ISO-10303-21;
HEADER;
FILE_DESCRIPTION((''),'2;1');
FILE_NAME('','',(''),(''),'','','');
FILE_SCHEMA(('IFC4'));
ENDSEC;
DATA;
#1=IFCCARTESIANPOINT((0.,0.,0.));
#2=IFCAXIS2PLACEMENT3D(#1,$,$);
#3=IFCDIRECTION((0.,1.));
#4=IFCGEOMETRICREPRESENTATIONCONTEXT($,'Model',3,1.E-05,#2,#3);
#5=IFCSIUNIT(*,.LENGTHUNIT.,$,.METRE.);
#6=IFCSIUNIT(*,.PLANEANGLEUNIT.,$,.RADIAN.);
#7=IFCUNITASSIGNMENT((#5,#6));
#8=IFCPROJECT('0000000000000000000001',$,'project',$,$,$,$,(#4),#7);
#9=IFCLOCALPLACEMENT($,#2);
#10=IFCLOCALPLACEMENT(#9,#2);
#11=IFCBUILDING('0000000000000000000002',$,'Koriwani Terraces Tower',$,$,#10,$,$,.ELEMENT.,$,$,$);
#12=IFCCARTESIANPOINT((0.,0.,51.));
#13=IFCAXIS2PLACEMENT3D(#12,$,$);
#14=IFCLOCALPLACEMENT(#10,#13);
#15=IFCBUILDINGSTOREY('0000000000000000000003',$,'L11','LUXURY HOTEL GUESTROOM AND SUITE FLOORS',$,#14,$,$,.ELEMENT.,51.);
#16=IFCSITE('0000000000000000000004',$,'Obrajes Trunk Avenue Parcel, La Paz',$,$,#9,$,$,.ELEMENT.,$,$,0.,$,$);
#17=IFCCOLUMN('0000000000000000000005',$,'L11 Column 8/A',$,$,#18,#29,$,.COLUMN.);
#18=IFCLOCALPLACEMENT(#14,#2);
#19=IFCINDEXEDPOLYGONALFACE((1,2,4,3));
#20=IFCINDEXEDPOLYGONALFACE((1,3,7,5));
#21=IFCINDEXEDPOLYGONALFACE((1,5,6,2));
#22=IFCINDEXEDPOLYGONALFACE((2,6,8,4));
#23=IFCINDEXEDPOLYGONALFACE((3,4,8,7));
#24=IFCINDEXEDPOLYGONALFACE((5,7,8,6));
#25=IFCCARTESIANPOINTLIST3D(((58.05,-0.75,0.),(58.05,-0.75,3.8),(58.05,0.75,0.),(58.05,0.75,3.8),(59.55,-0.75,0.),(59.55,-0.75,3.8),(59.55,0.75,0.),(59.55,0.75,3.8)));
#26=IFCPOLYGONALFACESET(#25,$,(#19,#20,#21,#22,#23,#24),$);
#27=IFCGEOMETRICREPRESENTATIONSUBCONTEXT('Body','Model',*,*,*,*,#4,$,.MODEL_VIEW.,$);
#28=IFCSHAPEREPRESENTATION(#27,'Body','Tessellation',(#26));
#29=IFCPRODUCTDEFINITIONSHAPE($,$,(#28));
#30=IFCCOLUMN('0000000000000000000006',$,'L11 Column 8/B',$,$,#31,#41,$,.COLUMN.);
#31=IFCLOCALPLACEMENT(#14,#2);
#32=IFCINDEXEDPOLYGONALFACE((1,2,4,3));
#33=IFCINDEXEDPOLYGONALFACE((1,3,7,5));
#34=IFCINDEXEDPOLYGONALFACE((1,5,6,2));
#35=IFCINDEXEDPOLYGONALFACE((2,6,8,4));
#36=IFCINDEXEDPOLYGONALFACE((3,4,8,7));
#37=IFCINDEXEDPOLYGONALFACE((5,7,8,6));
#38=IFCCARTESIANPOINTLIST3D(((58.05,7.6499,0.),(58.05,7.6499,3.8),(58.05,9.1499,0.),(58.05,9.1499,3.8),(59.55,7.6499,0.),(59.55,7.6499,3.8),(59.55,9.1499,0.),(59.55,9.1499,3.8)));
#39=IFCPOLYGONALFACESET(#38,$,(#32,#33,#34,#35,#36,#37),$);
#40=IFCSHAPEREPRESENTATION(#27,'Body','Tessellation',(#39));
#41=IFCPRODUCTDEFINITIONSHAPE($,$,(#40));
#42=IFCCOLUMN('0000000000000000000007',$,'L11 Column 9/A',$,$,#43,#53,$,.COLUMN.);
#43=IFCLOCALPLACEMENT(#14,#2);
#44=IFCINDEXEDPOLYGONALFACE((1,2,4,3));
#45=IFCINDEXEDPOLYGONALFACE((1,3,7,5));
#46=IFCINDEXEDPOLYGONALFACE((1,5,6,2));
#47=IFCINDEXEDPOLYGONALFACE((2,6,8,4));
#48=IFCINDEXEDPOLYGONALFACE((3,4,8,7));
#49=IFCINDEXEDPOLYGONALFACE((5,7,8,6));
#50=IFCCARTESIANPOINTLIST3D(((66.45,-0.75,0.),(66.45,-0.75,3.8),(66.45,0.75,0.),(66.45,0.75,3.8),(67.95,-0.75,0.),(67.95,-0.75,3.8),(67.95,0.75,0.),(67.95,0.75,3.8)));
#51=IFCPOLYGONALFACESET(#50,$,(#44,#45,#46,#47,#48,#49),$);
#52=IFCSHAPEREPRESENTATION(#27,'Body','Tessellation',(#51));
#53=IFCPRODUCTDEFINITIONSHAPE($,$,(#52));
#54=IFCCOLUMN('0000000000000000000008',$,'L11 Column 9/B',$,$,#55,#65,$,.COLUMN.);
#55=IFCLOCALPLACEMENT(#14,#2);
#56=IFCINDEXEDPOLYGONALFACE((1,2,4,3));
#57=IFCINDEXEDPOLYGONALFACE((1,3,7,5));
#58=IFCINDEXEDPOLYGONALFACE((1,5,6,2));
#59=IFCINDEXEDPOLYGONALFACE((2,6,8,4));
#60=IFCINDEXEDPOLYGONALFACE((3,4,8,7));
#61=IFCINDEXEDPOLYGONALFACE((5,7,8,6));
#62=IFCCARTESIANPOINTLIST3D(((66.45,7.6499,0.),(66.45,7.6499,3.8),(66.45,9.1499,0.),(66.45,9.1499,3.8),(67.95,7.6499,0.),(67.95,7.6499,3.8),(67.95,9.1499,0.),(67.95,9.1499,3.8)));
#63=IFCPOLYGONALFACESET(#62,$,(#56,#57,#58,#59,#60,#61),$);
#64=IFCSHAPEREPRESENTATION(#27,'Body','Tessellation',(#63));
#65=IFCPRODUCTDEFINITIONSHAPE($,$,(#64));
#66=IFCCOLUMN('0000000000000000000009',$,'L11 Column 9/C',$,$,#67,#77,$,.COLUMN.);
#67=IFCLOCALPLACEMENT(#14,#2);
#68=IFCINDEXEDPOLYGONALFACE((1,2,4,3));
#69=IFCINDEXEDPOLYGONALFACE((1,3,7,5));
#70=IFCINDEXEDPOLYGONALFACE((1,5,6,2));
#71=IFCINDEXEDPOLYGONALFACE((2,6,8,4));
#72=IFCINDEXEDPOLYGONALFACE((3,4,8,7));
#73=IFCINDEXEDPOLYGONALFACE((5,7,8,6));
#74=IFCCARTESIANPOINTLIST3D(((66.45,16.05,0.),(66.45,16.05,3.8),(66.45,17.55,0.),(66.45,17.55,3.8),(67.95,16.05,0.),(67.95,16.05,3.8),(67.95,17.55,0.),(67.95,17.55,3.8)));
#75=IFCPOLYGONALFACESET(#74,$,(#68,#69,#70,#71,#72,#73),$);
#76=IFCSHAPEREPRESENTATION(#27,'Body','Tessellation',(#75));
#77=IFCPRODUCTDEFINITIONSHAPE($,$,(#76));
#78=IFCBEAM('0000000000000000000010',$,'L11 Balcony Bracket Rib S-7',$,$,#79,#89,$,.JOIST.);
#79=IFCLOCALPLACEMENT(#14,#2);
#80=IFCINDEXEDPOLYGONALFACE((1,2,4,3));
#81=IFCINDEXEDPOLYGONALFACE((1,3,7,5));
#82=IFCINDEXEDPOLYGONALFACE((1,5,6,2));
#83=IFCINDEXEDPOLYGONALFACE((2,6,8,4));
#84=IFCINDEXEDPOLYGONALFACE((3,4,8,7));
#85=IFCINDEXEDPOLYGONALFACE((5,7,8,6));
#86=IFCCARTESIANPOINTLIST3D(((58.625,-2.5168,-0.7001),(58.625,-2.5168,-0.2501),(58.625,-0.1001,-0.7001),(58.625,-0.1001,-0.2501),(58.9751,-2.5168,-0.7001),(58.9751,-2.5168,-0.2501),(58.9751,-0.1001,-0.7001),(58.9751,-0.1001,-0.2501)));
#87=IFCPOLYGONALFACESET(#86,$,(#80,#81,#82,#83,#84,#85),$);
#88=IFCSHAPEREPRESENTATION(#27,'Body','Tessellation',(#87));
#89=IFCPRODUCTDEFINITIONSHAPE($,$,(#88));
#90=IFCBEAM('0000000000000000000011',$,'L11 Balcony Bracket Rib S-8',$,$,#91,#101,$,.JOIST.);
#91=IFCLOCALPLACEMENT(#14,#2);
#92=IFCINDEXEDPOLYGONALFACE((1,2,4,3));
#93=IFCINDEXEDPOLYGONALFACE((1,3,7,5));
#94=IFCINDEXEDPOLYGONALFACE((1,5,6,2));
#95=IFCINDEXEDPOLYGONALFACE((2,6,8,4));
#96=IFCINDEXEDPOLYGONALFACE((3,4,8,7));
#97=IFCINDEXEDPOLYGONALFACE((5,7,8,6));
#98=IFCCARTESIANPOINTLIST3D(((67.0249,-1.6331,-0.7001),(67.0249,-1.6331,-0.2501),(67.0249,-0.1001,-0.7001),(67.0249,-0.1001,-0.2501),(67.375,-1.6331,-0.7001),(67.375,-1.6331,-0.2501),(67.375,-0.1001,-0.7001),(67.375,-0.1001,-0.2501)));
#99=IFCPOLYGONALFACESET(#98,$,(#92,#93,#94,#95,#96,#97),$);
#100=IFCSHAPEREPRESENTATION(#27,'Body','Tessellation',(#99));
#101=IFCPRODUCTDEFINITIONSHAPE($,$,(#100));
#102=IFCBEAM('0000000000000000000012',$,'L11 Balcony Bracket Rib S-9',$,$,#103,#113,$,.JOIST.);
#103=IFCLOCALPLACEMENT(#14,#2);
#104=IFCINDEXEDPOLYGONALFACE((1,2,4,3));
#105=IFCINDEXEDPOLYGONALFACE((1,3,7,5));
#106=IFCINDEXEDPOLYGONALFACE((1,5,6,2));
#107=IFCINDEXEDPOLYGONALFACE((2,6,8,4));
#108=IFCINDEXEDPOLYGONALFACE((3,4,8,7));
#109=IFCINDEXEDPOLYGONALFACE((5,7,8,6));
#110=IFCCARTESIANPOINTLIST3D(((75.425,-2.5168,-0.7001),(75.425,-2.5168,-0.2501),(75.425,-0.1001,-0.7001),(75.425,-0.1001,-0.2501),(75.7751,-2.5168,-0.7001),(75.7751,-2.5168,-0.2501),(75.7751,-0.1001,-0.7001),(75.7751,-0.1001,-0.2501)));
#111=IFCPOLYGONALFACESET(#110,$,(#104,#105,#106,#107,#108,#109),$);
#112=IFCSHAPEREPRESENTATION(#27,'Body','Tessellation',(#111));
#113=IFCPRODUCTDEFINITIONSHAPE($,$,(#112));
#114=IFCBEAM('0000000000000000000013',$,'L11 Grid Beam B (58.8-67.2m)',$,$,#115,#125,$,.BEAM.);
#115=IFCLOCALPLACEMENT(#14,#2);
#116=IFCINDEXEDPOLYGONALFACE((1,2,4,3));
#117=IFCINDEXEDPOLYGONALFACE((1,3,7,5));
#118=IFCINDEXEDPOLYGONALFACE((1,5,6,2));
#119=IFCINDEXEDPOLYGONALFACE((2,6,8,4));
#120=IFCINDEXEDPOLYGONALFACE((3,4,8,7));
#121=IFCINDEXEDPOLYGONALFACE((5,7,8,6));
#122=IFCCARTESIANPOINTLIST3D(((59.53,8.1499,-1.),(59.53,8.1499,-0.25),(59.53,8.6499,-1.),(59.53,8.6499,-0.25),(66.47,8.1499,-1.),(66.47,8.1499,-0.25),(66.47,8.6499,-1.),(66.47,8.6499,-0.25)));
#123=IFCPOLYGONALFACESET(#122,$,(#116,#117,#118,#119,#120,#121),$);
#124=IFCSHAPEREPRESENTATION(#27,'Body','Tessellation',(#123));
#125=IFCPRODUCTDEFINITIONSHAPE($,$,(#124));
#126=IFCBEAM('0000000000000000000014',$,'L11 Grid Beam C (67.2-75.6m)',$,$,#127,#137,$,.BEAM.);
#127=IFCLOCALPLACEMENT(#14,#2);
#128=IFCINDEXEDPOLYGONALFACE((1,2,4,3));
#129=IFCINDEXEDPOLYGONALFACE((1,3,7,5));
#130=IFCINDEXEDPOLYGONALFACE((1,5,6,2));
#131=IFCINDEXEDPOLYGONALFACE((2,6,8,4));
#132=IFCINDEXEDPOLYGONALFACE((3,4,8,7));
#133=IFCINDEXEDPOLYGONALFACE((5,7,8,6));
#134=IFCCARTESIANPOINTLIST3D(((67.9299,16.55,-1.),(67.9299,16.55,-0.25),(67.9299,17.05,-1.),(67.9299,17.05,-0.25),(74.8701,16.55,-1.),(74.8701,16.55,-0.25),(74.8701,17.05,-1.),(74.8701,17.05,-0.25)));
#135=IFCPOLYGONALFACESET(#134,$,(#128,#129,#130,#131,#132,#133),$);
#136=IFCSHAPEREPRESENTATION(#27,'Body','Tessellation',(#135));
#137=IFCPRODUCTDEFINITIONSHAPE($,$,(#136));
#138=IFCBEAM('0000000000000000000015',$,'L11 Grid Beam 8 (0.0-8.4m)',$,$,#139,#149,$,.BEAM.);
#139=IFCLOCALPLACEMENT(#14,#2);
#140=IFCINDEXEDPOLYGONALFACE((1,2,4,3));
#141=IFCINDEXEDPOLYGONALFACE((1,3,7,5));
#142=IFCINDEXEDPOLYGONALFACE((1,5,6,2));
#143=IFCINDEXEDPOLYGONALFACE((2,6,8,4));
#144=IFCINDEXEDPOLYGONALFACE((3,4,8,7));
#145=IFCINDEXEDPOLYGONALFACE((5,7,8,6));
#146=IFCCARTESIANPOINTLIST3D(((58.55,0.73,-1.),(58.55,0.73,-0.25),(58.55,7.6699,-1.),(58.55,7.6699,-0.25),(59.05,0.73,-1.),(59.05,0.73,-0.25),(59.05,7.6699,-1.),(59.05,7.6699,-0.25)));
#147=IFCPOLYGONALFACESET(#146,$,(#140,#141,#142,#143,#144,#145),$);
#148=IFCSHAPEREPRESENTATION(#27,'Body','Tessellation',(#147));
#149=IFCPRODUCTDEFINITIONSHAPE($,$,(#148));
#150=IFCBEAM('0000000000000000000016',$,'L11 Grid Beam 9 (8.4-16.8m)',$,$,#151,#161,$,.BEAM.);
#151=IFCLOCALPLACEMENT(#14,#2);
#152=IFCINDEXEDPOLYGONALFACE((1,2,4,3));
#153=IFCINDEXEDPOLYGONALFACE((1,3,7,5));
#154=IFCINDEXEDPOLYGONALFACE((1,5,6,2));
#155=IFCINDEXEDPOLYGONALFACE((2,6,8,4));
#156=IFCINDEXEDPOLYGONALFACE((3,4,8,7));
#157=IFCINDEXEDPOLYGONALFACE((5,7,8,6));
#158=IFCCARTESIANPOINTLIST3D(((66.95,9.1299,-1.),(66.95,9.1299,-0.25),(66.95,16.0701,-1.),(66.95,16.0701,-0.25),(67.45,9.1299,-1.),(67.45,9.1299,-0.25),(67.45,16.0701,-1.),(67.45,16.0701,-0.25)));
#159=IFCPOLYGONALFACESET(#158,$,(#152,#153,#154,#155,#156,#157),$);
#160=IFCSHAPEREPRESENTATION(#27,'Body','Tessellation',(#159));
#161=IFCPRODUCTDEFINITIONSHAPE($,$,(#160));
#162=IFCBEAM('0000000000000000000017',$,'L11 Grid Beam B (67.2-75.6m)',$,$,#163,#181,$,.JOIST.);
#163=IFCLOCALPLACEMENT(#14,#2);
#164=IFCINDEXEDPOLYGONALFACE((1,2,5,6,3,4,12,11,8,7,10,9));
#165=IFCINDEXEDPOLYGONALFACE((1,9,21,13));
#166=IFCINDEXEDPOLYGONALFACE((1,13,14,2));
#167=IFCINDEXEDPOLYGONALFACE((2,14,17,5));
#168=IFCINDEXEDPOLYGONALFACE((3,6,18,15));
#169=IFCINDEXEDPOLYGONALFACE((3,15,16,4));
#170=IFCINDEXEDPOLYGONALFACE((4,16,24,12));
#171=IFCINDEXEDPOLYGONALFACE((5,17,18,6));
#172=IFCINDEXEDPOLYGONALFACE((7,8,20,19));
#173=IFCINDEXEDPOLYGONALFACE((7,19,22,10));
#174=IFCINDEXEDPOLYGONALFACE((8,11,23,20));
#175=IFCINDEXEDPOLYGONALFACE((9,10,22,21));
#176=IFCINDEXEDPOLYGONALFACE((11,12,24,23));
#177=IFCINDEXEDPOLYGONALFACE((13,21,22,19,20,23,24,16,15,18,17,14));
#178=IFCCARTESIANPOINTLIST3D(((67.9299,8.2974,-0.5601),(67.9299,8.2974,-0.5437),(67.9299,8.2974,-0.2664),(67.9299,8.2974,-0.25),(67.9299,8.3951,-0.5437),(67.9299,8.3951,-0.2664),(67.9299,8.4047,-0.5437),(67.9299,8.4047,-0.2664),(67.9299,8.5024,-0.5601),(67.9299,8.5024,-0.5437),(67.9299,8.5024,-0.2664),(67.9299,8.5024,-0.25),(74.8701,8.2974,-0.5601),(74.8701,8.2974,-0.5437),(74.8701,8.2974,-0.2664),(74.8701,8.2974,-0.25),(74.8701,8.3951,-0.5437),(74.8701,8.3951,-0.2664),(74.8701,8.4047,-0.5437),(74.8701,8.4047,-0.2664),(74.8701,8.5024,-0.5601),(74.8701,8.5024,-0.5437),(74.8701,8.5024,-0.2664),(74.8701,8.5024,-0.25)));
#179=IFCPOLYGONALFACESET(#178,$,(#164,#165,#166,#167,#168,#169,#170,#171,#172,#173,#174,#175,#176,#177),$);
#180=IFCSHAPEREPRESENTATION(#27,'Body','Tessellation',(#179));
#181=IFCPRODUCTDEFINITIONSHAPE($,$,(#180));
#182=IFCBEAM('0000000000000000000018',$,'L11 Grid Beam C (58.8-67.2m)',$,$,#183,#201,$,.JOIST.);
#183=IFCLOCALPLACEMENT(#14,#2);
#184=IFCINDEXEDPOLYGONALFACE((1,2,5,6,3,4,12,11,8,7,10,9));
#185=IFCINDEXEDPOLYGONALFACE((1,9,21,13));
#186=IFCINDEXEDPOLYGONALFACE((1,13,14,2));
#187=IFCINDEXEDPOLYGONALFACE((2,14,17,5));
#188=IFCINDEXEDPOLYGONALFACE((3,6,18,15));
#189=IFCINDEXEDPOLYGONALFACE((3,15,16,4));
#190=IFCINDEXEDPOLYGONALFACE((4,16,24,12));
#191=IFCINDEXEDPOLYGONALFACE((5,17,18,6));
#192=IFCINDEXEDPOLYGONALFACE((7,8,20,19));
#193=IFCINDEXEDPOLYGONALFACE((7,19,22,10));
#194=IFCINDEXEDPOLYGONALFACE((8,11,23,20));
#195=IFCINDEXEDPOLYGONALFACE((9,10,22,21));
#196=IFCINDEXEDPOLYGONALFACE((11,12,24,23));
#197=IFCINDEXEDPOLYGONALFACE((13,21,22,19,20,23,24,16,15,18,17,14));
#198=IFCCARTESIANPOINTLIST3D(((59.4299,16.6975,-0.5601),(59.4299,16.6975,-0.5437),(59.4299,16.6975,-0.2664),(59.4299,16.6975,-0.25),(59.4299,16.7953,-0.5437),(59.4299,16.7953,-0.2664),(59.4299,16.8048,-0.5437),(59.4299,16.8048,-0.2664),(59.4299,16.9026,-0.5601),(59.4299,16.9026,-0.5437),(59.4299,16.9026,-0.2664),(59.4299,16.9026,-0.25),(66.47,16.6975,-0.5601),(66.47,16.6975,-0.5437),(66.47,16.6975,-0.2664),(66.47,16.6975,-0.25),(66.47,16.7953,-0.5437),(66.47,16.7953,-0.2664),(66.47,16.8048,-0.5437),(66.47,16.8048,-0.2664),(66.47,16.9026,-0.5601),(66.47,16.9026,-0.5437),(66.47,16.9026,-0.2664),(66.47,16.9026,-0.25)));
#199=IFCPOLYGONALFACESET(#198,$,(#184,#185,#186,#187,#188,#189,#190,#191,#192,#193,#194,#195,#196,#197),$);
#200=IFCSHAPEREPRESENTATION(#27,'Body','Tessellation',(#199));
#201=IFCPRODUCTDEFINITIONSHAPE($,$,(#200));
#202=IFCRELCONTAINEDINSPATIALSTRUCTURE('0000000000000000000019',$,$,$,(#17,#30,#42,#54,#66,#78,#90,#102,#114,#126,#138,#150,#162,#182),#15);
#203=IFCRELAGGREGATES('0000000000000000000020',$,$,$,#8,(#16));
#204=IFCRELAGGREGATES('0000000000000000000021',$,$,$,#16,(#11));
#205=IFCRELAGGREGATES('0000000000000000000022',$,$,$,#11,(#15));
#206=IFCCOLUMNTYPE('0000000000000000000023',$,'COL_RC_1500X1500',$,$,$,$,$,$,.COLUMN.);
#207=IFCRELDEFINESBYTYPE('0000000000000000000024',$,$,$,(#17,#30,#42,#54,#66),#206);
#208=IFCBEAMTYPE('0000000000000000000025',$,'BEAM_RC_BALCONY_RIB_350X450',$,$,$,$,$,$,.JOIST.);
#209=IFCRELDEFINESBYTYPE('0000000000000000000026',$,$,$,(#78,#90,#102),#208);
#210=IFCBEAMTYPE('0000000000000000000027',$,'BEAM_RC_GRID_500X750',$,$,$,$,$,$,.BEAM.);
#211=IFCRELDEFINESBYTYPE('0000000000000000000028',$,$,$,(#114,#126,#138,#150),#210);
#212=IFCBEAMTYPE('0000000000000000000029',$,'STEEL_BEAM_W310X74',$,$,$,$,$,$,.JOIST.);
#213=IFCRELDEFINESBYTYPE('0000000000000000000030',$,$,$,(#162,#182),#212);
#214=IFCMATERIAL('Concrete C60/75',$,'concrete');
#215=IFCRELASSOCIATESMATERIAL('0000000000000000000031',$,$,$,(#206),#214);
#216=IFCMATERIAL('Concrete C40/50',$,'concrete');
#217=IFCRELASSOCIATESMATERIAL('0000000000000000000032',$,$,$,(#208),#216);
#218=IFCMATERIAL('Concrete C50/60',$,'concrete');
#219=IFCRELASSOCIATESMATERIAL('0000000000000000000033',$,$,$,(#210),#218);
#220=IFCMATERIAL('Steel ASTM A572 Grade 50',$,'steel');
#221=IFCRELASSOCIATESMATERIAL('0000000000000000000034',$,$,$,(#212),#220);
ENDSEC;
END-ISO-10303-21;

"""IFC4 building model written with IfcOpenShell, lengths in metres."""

from ifc_helpers import new_model, si_unit, direction, frame, origin, origin_2d, place, context, subcontext, project, spatial, rectangle, i_section, extrude, material, material_profile, profile_set, type_object, element, save


model = new_model("IFC4")

# Units and contexts
model_context = context("Model", 3, precision=1e-05, world=origin(), true_north=direction((0.0, 1.0)))
body_context = subcontext(model_context, "Body", "Model", "MODEL_VIEW")
ifc_project = project(units=[si_unit("LENGTHUNIT", "METRE"), si_unit("PLANEANGLEUNIT", "RADIAN")], contexts=[model_context])

# Site, building, storey
site_placement = place(None, origin())
site = spatial("IfcSite", under=ifc_project, at=site_placement, Name="Obrajes Trunk Avenue Parcel, La Paz", CompositionType="ELEMENT", RefElevation=0.0)
building_placement = place(site_placement, origin())
building = spatial("IfcBuilding", under=site, at=building_placement, Name="Koriwani Terraces Tower", CompositionType="ELEMENT")
storey_placement = place(building_placement, frame((0.0, 0.0, 51.0)))
storey = spatial("IfcBuildingStorey", under=building, at=storey_placement, Name="L11", Description="LUXURY HOTEL GUESTROOM AND SUITE FLOORS", CompositionType="ELEMENT", Elevation=51.0)

# Columns
ifc_material_1 = material(Name="Concrete C60/75", Category="concrete")
ifc_material_profile_1 = material_profile(ifc_material_1, rectangle(XDim=1.5, YDim=1.5, at=origin_2d()), Name="Concrete C60/75", Category="LoadBearing")
ifc_profile_set_1 = profile_set([ifc_material_profile_1], Name="Concrete C60/75")
column_type = type_object("IfcColumnType", Name="COL_RC_1500X1500", PredefinedType="COLUMN", material=ifc_profile_set_1)
for number, where, z_axis, x_axis, name in (
    (1, (58.8, 0.0, 0.0), (0.0, 0.0, 1.0), (1.0, 0.0, 0.0), "L11 Column 8/A"),
    (2, (58.8, 8.3999, 0.0), (0.0, 0.0, 1.0), (1.0, 0.0, 0.0), "L11 Column 8/B"),
    (3, (67.2, 0.0, 0.0), (0.0, 0.0, 1.0), (1.0, 0.0, 0.0), "L11 Column 9/A"),
    (4, (67.2, 8.3999, 0.0), (0.0, 0.0, 1.0), (1.0, 0.0, 0.0), "L11 Column 9/B"),
    (5, (67.2, 16.8, 0.0), (0.0, 0.0, 1.0), (1.0, 0.0, 0.0), "L11 Column 9/C"),
):
    element("IfcColumn", number, at=place(storey_placement, frame(where, z_axis=z_axis, x_axis=x_axis)), inside=storey, type_object=column_type, Name=name, PredefinedType="COLUMN", context=body_context, shape_type="SweptSolid", body=[
        extrude(rectangle(XDim=1.5, YDim=1.5, at=origin_2d()), origin(), (0.0, 0.0, 1.0), 3.8),
    ])

# Beams
ifc_material_2 = material(Name="Concrete C40/50", Category="concrete")
ifc_material_profile_2 = material_profile(ifc_material_2, rectangle(XDim=0.3501, YDim=0.45, at=origin_2d()), Name="Concrete C40/50", Category="LoadBearing")
ifc_profile_set_2 = profile_set([ifc_material_profile_2], Name="Concrete C40/50")
beam_type_1 = type_object("IfcBeamType", Name="BEAM_RC_BALCONY_RIB_350X450", PredefinedType="JOIST", material=ifc_profile_set_2)
beam_1_placement = place(storey_placement, frame((58.8, -2.5168, -0.4751), z_axis=(0.0, 1.0, 0.0), x_axis=(-1.0, 0.0, 0.0)))
element("IfcBeam", 6, at=beam_1_placement, inside=storey, type_object=beam_type_1, Name="L11 Balcony Bracket Rib S-7", PredefinedType="JOIST", context=body_context, shape_type="SweptSolid", body=[
    extrude(rectangle(XDim=0.3501, YDim=0.45, at=origin_2d()), origin(), (0.0, 0.0, 1.0), 2.4167),
])
beam_2_placement = place(storey_placement, frame((67.2, -1.6331, -0.4751), z_axis=(0.0, 1.0, 0.0), x_axis=(-1.0, 0.0, 0.0)))
element("IfcBeam", 7, at=beam_2_placement, inside=storey, type_object=beam_type_1, Name="L11 Balcony Bracket Rib S-8", PredefinedType="JOIST", context=body_context, shape_type="SweptSolid", body=[
    extrude(rectangle(XDim=0.3501, YDim=0.45, at=origin_2d()), origin(), (0.0, 0.0, 1.0), 1.533),
])
beam_3_placement = place(storey_placement, frame((75.6001, -2.5168, -0.4751), z_axis=(0.0, 1.0, 0.0), x_axis=(-1.0, 0.0, 0.0)))
element("IfcBeam", 8, at=beam_3_placement, inside=storey, type_object=beam_type_1, Name="L11 Balcony Bracket Rib S-9", PredefinedType="JOIST", context=body_context, shape_type="SweptSolid", body=[
    extrude(rectangle(XDim=0.3501, YDim=0.45, at=origin_2d()), origin(), (0.0, 0.0, 1.0), 2.4167),
])
ifc_material_3 = material(Name="Concrete C50/60", Category="concrete")
ifc_material_profile_3 = material_profile(ifc_material_3, rectangle(XDim=0.5, YDim=0.75, at=origin_2d()), Name="Concrete C50/60", Category="LoadBearing")
ifc_profile_set_3 = profile_set([ifc_material_profile_3], Name="Concrete C50/60")
beam_type_2 = type_object("IfcBeamType", Name="BEAM_RC_GRID_500X750", PredefinedType="BEAM", material=ifc_profile_set_3)
beam_4_placement = place(storey_placement, frame((59.53, 8.3999, -0.625), z_axis=(1.0, 0.0, 0.0), x_axis=(0.0, 1.0, 0.0)))
element("IfcBeam", 9, at=beam_4_placement, inside=storey, type_object=beam_type_2, Name="L11 Grid Beam B (58.8-67.2m)", PredefinedType="BEAM", context=body_context, shape_type="SweptSolid", body=[
    extrude(rectangle(XDim=0.5, YDim=0.75, at=origin_2d()), origin(), (0.0, 0.0, 1.0), 6.9399),
])
beam_5_placement = place(storey_placement, frame((67.9299, 16.8, -0.625), z_axis=(1.0, 0.0, 0.0), x_axis=(0.0, 1.0, 0.0)))
element("IfcBeam", 10, at=beam_5_placement, inside=storey, type_object=beam_type_2, Name="L11 Grid Beam C (67.2-75.6m)", PredefinedType="BEAM", context=body_context, shape_type="SweptSolid", body=[
    extrude(rectangle(XDim=0.5, YDim=0.75, at=origin_2d()), origin(), (0.0, 0.0, 1.0), 6.9402),
])
beam_6_placement = place(storey_placement, frame((58.8, 0.73, -0.625), z_axis=(0.0, 1.0, 0.0), x_axis=(-1.0, 0.0, 0.0)))
element("IfcBeam", 11, at=beam_6_placement, inside=storey, type_object=beam_type_2, Name="L11 Grid Beam 8 (0.0-8.4m)", PredefinedType="BEAM", context=body_context, shape_type="SweptSolid", body=[
    extrude(rectangle(XDim=0.5, YDim=0.75, at=origin_2d()), origin(), (0.0, 0.0, 1.0), 6.9399),
])
beam_7_placement = place(storey_placement, frame((67.2, 9.1299, -0.625), z_axis=(0.0, 1.0, 0.0), x_axis=(-1.0, 0.0, 0.0)))
element("IfcBeam", 12, at=beam_7_placement, inside=storey, type_object=beam_type_2, Name="L11 Grid Beam 9 (8.4-16.8m)", PredefinedType="BEAM", context=body_context, shape_type="SweptSolid", body=[
    extrude(rectangle(XDim=0.5, YDim=0.75, at=origin_2d()), origin(), (0.0, 0.0, 1.0), 6.9402),
])
ifc_material_4 = material(Name="Steel ASTM A572 Grade 50", Category="steel")
ifc_material_profile_4 = material_profile(ifc_material_4, i_section(OverallWidth=0.2051, OverallDepth=0.3101, WebThickness=0.0095, FlangeThickness=0.0164, at=origin_2d()), Name="Steel ASTM A572 Grade 50", Category="LoadBearing")
ifc_profile_set_4 = profile_set([ifc_material_profile_4], Name="Steel ASTM A572 Grade 50")
beam_type_3 = type_object("IfcBeamType", Name="STEEL_BEAM_W310X74", PredefinedType="JOIST", material=ifc_profile_set_4)
beam_8_placement = place(storey_placement, frame((67.9299, 8.3999, -0.405), z_axis=(1.0, 0.0, 0.0), x_axis=(0.0, 1.0, 0.0)))
element("IfcBeam", 13, at=beam_8_placement, inside=storey, type_object=beam_type_3, Name="L11 Grid Beam B (67.2-75.6m)", PredefinedType="JOIST", context=body_context, shape_type="SweptSolid", body=[
    extrude(i_section(OverallWidth=0.2051, OverallDepth=0.3101, WebThickness=0.0095, FlangeThickness=0.0164, at=origin_2d()), origin(), (0.0, 0.0, 1.0), 6.9402),
])
beam_9_placement = place(storey_placement, frame((59.4299, 16.8, -0.405), z_axis=(1.0, 0.0, 0.0), x_axis=(0.0, 1.0, 0.0)))
element("IfcBeam", 14, at=beam_9_placement, inside=storey, type_object=beam_type_3, Name="L11 Grid Beam C (58.8-67.2m)", PredefinedType="JOIST", context=body_context, shape_type="SweptSolid", body=[
    extrude(i_section(OverallWidth=0.2051, OverallDepth=0.3101, WebThickness=0.0095, FlangeThickness=0.0164, at=origin_2d()), origin(), (0.0, 0.0, 1.0), 7.04),
])

save(model, "model.ifc")
